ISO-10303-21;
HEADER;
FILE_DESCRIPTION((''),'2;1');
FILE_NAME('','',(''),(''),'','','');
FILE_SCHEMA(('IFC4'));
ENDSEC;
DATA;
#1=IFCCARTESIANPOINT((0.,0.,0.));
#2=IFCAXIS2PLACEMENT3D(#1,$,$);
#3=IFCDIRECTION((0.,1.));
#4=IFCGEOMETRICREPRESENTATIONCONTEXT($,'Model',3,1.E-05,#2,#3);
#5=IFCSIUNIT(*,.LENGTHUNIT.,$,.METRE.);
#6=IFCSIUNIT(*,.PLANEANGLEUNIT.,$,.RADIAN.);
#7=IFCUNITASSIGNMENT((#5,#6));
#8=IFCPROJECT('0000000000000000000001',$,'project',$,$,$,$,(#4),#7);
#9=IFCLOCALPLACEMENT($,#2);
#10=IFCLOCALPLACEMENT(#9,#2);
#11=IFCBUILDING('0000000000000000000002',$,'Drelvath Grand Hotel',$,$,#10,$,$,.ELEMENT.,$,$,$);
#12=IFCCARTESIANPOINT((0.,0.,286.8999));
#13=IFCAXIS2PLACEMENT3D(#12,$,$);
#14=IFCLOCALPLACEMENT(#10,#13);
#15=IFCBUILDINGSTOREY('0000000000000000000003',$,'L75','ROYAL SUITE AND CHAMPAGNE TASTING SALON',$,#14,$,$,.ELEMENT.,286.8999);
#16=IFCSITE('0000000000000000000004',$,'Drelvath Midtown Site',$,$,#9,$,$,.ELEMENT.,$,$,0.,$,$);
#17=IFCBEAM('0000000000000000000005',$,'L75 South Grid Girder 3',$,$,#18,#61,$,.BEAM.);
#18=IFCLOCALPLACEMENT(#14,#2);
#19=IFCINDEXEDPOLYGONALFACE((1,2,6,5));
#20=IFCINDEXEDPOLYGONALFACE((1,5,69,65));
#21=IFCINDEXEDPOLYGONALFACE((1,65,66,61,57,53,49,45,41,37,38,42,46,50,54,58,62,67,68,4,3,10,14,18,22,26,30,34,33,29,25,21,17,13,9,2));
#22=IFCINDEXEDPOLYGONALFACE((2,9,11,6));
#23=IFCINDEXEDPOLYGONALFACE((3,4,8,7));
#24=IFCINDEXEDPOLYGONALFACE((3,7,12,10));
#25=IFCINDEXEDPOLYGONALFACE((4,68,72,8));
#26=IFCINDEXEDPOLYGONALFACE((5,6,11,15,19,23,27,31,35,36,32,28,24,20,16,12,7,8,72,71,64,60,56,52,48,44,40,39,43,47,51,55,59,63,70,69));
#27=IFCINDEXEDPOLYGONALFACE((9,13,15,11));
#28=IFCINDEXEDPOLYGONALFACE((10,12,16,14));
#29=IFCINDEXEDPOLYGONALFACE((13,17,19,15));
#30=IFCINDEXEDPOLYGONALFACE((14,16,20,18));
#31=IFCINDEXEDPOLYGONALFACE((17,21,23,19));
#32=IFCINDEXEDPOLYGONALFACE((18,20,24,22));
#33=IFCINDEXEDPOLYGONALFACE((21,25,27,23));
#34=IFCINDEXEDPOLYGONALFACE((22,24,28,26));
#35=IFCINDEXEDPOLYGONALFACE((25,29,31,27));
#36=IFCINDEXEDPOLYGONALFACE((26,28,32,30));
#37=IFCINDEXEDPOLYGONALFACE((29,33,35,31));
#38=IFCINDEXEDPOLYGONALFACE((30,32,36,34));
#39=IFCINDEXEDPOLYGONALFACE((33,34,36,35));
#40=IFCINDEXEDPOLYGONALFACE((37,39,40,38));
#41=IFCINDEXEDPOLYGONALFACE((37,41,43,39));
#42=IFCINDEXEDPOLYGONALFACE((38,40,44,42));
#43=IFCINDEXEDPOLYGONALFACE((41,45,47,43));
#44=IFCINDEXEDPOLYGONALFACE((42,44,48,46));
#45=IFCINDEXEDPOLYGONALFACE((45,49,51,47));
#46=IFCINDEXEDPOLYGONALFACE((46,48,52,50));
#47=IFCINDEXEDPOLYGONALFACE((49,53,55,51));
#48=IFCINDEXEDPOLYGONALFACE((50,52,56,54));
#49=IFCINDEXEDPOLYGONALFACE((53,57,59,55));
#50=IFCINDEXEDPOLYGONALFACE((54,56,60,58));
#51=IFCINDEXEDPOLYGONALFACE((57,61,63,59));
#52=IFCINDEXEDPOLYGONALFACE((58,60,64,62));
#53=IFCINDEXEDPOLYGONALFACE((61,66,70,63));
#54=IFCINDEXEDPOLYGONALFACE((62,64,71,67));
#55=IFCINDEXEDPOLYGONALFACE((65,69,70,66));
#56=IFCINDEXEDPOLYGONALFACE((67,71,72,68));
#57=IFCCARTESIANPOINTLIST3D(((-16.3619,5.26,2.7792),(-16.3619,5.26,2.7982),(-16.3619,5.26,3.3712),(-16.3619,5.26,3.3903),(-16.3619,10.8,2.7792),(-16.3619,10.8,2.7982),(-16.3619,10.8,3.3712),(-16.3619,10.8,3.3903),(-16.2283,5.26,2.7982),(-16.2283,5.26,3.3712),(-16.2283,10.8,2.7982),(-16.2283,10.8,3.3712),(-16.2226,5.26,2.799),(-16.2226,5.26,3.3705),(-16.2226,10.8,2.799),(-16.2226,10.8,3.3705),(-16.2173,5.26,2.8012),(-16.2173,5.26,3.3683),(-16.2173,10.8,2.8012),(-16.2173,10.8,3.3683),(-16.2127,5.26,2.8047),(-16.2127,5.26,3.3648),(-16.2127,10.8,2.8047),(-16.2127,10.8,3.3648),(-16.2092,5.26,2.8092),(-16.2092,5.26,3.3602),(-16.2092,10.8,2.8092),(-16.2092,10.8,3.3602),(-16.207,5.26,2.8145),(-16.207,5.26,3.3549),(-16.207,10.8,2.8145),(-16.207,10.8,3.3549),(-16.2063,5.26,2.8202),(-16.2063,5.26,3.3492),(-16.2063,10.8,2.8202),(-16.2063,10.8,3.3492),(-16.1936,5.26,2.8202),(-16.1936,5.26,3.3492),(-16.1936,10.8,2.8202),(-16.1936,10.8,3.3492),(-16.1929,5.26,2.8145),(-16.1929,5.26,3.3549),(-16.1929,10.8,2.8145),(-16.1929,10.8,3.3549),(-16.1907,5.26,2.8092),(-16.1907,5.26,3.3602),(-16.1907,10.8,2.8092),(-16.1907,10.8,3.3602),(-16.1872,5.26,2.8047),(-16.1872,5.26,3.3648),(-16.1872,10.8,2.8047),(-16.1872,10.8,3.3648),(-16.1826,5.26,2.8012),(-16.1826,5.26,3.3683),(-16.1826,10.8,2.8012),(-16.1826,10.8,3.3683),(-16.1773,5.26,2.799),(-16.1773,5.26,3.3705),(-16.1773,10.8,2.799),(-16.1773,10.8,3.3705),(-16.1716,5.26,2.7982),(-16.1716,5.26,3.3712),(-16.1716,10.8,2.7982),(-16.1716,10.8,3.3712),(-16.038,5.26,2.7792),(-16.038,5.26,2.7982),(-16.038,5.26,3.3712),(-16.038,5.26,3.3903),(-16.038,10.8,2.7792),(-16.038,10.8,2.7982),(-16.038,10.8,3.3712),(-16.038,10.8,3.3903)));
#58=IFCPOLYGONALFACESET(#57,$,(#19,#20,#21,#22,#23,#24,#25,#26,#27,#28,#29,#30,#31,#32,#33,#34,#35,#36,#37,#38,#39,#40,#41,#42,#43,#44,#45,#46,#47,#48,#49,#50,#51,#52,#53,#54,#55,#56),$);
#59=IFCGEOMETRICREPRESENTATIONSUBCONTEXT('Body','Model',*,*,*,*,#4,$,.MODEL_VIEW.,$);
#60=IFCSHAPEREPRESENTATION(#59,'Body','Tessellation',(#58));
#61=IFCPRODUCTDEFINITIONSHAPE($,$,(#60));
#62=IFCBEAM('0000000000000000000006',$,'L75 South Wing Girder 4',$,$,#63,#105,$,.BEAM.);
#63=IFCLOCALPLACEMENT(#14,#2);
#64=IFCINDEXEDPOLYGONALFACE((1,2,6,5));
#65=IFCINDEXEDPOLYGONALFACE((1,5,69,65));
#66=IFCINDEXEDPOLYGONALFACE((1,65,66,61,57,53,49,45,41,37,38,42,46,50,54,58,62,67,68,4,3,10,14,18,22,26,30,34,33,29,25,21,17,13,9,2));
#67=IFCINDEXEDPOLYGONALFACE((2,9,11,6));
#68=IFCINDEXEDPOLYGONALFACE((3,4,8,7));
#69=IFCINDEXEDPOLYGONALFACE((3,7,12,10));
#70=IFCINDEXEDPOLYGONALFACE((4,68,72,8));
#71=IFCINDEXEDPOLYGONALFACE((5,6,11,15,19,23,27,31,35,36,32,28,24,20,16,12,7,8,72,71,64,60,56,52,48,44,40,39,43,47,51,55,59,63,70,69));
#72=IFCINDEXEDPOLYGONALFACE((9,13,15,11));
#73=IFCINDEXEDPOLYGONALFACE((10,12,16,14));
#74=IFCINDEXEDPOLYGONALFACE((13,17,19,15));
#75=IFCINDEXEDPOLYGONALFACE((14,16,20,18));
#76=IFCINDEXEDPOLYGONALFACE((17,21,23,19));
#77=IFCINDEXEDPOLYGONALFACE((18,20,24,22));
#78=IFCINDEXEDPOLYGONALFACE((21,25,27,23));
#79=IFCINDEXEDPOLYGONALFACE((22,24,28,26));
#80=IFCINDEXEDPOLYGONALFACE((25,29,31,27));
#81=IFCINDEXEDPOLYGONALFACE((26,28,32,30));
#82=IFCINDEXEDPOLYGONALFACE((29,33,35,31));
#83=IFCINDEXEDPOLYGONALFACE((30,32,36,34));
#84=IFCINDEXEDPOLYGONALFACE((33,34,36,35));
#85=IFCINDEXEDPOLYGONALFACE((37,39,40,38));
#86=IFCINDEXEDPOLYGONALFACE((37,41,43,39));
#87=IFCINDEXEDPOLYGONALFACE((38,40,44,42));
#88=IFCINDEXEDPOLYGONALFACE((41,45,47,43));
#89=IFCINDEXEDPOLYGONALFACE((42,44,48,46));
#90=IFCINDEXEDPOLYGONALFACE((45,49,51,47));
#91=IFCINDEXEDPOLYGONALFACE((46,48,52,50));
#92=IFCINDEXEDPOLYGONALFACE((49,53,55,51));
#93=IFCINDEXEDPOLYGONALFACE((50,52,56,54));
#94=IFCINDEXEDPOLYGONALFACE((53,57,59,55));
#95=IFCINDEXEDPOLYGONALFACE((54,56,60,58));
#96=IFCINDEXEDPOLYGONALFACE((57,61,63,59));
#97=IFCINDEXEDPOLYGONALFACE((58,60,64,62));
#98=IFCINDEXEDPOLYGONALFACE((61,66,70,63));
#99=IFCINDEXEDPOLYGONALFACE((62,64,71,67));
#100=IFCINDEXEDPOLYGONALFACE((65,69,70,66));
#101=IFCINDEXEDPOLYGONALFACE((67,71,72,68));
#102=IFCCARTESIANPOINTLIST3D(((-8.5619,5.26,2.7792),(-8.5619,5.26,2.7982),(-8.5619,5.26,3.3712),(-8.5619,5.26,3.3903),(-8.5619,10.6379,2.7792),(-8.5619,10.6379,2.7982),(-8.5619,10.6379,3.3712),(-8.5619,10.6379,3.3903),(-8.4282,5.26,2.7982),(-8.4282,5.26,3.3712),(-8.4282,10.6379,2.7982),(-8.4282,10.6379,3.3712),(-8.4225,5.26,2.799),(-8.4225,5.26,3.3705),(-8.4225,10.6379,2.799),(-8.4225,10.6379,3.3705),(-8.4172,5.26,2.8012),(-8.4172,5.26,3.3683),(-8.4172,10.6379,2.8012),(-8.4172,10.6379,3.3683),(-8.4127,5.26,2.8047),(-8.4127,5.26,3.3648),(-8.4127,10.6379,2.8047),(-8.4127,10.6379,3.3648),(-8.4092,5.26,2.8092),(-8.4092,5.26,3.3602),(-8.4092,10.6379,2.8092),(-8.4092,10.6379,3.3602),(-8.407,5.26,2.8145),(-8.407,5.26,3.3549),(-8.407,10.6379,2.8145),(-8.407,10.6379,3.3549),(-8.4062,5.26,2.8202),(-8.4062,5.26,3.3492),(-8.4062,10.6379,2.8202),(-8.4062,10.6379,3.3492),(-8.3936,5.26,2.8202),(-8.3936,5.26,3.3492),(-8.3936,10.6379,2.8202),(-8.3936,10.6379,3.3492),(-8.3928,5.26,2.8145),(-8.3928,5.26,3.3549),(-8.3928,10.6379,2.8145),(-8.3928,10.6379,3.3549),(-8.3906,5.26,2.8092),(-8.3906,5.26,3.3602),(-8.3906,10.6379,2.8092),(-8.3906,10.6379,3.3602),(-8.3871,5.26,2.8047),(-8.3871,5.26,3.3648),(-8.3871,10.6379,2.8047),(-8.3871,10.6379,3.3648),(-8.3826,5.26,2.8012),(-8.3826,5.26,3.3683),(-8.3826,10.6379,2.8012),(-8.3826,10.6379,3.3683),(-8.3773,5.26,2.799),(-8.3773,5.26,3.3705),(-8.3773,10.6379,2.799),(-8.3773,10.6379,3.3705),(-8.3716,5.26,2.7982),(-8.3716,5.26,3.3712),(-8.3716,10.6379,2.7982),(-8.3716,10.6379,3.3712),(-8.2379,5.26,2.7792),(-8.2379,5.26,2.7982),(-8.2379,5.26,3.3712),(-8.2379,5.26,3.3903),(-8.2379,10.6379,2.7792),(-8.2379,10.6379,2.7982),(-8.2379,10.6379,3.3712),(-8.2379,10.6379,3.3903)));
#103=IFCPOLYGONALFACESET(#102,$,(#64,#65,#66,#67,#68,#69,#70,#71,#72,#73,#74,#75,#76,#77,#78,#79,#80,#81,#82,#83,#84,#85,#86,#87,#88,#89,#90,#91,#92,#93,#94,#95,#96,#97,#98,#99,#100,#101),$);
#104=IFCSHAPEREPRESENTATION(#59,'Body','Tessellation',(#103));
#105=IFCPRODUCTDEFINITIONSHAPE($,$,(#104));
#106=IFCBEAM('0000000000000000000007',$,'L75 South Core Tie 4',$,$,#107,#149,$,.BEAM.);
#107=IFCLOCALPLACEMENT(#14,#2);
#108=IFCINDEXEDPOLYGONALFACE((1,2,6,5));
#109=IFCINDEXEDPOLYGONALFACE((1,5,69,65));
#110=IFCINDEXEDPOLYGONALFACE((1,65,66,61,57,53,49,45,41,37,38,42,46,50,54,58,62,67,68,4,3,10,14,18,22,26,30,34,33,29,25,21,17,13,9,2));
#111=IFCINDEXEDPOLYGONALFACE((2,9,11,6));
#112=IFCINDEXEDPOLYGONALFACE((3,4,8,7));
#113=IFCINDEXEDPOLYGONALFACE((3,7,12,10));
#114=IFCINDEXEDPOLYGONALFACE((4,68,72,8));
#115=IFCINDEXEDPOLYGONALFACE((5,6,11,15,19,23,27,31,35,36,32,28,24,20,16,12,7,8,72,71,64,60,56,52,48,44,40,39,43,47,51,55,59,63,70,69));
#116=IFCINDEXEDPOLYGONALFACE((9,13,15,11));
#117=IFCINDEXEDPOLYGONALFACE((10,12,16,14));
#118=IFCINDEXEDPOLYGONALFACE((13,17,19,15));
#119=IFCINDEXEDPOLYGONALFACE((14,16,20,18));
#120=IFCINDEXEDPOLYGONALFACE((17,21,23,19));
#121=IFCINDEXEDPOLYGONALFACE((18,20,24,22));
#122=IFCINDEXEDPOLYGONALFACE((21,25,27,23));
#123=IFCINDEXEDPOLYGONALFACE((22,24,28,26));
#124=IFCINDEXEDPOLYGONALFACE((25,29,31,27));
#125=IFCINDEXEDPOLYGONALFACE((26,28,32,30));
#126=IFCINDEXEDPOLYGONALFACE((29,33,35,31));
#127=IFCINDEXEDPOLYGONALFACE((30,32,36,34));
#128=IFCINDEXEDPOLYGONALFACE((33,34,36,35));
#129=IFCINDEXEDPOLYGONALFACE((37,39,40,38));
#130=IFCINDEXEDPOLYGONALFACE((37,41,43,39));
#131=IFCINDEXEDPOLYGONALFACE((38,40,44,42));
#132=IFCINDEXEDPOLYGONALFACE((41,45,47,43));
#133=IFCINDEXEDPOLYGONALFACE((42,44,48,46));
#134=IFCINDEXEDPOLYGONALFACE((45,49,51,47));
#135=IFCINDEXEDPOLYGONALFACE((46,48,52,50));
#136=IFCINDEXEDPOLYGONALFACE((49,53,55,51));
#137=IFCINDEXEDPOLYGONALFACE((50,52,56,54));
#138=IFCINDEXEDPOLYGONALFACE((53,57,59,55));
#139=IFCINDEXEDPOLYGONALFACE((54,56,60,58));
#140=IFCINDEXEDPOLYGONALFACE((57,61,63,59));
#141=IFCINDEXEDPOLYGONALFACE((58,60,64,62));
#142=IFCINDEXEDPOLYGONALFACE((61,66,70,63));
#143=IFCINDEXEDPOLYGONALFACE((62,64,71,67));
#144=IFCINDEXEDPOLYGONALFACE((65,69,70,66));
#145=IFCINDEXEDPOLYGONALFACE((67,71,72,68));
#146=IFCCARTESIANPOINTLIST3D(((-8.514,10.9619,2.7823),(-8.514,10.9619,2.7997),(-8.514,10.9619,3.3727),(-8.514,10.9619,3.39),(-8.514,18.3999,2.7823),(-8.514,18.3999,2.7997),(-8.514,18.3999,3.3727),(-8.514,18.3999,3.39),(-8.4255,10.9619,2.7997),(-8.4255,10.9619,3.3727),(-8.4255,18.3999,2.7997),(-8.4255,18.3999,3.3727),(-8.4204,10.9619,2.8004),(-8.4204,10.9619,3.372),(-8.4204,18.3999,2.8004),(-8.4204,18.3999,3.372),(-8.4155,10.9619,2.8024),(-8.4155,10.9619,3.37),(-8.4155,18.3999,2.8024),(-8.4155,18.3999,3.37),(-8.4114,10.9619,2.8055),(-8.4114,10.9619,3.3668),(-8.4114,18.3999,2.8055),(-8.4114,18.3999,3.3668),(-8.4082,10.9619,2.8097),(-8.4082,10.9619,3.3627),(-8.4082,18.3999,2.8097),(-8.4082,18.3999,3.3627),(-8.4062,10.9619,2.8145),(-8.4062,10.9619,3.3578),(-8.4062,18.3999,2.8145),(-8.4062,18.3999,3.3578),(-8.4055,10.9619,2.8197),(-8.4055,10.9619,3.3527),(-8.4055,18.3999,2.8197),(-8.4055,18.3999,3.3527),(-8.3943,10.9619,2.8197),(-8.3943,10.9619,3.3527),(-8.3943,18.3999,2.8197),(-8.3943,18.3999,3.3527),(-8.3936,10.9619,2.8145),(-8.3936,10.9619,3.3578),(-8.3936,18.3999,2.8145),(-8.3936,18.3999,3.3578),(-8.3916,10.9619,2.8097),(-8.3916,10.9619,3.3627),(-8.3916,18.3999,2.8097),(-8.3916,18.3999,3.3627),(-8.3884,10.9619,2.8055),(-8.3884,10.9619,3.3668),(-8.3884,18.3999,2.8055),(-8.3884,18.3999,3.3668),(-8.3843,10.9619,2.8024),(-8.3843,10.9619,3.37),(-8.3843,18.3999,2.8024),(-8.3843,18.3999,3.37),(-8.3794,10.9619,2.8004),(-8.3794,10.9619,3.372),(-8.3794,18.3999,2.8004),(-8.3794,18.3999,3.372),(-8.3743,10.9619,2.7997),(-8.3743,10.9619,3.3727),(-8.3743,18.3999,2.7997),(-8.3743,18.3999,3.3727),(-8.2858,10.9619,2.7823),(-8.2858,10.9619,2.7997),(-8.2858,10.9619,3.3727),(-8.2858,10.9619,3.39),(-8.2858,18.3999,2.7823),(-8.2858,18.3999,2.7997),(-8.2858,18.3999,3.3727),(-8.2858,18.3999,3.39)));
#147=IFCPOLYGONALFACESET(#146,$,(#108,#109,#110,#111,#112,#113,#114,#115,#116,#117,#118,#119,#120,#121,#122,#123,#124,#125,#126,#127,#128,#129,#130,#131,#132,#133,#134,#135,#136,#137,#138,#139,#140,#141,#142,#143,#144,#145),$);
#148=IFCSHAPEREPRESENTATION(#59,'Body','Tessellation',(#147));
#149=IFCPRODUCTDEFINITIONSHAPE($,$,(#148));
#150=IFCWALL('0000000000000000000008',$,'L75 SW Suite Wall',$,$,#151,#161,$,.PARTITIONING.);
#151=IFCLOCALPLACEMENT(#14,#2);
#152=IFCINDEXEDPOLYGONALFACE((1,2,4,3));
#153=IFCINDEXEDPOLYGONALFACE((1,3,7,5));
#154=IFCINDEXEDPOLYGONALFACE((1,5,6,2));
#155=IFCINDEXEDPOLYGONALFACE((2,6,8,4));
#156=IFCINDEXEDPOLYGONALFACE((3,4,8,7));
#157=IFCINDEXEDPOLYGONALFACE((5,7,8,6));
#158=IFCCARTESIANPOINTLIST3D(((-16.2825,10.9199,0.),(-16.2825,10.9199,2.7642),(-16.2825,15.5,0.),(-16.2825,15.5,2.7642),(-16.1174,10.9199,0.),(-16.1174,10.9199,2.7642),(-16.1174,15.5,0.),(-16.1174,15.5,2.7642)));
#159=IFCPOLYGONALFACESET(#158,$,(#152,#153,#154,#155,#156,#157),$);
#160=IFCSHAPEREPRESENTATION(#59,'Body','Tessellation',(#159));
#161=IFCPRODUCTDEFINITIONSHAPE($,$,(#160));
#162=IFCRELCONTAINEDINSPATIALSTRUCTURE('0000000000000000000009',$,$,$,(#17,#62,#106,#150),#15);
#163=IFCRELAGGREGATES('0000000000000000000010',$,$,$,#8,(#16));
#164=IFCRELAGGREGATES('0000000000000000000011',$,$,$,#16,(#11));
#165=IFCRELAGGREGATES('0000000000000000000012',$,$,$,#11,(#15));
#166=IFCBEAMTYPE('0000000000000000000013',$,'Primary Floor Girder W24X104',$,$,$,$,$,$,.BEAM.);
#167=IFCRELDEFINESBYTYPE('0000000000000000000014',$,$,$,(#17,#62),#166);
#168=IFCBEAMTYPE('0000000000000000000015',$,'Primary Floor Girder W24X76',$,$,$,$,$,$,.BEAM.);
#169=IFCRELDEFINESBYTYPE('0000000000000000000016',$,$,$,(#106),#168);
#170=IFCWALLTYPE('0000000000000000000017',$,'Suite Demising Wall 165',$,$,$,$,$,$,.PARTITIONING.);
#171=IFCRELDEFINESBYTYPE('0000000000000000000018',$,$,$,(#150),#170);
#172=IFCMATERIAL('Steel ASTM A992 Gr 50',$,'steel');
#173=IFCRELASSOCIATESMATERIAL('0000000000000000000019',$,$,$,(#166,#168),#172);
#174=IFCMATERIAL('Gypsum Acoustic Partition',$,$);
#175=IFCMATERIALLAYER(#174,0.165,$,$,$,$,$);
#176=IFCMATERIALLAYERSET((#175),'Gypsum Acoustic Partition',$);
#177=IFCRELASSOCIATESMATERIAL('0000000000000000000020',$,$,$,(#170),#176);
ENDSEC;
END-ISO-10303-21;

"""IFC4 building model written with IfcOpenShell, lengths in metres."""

from ifc_helpers import new_model, si_unit, direction, frame, frame_2d, origin, origin_2d, place, context, subcontext, project, spatial, rectangle, i_section, extrude, material, layer, layer_set, material_profile, profile_set, type_object, element, save


model = new_model("IFC4")

# Units and contexts
model_context = context("Model", 3, precision=1e-05, world=origin(), true_north=direction((0.0, 1.0)))
body_context = subcontext(model_context, "Body", "Model", "MODEL_VIEW")
ifc_project = project(units=[si_unit("LENGTHUNIT", "METRE"), si_unit("PLANEANGLEUNIT", "RADIAN")], contexts=[model_context])

# Site, building, storey
site_placement = place(None, origin())
site = spatial("IfcSite", under=ifc_project, at=site_placement, Name="Drelvath Midtown Site", CompositionType="ELEMENT", RefElevation=0.0)
building_placement = place(site_placement, origin())
building = spatial("IfcBuilding", under=site, at=building_placement, Name="Drelvath Grand Hotel", CompositionType="ELEMENT")
storey_placement = place(building_placement, frame((0.0, 0.0, 286.8999)))
storey = spatial("IfcBuildingStorey", under=building, at=storey_placement, Name="L75", Description="ROYAL SUITE AND CHAMPAGNE TASTING SALON", CompositionType="ELEMENT", Elevation=286.8999)

# Shared definitions
ifc_material_1 = material(Name="Steel ASTM A992 Gr 50", Category="steel")

# Beams
ifc_material_profile_1 = material_profile(ifc_material_1, i_section(OverallWidth=0.324, OverallDepth=0.6111, WebThickness=0.0127, FlangeThickness=0.019, FilletRadius=0.022, at=origin_2d()), Name="W24X104")
ifc_profile_set_1 = profile_set([ifc_material_profile_1], Name="Steel ASTM A992 Gr 50")
beam_type_1 = type_object("IfcBeamType", Name="Primary Floor Girder W24X104", PredefinedType="BEAM", material=ifc_profile_set_1)
for number, where, z_axis, x_axis, name in (
    (1, (-16.2, 5.26, 3.0847), (0.0, 1.0, 0.0), (-1.0, 0.0, 0.0), "L75 South Grid Girder 3"),
):
    element("IfcBeam", number, at=place(storey_placement, frame(where, z_axis=z_axis, x_axis=x_axis)), inside=storey, type_object=beam_type_1, Name=name, PredefinedType="BEAM", context=body_context, shape_type="SweptSolid", body=[
        extrude(i_section(OverallWidth=0.324, OverallDepth=0.6111, WebThickness=0.0127, FlangeThickness=0.019, FilletRadius=0.022, at=origin_2d()), origin(), (0.0, 0.0, 1.0), 5.54),
    ])
beam_1_placement = place(storey_placement, frame((-8.3999, 5.26, 3.0847), z_axis=(0.0, 1.0, 0.0), x_axis=(-1.0, 0.0, 0.0)))
element("IfcBeam", 2, at=beam_1_placement, inside=storey, type_object=beam_type_1, Name="L75 South Wing Girder 4", PredefinedType="BEAM", context=body_context, shape_type="SweptSolid", body=[
    extrude(i_section(OverallWidth=0.324, OverallDepth=0.6111, WebThickness=0.0127, FlangeThickness=0.019, FilletRadius=0.022, at=origin_2d()), origin(), (0.0, 0.0, 1.0), 5.3779),
])
ifc_material_profile_2 = material_profile(ifc_material_1, i_section(OverallWidth=0.2283, OverallDepth=0.6077, WebThickness=0.0112, FlangeThickness=0.0173, FilletRadius=0.02, at=origin_2d()), Name="W24X76")
ifc_profile_set_2 = profile_set([ifc_material_profile_2], Name="Steel ASTM A992 Gr 50")
beam_type_2 = type_object("IfcBeamType", Name="Primary Floor Girder W24X76", PredefinedType="BEAM", material=ifc_profile_set_2)
beam_2_placement = place(storey_placement, frame((-8.3999, 10.9619, 3.0862), z_axis=(0.0, 1.0, 0.0), x_axis=(-1.0, 0.0, 0.0)))
element("IfcBeam", 3, at=beam_2_placement, inside=storey, type_object=beam_type_2, Name="L75 South Core Tie 4", PredefinedType="BEAM", context=body_context, shape_type="SweptSolid", body=[
    extrude(i_section(OverallWidth=0.2283, OverallDepth=0.6077, WebThickness=0.0112, FlangeThickness=0.0173, FilletRadius=0.02, at=origin_2d()), origin(), (0.0, 0.0, 1.0), 7.438),
])

# Wall
ifc_material_2 = material(Name="Gypsum Acoustic Partition")
ifc_layer_1 = layer(ifc_material_2, 0.165)
ifc_layer_set_1 = layer_set([ifc_layer_1], Name="Gypsum Acoustic Partition")
wall_type_1 = type_object("IfcWallType", Name="Suite Demising Wall 165", PredefinedType="PARTITIONING", material=ifc_layer_set_1)
wall_1_placement = place(storey_placement, frame((-16.2, 10.9199, 0.0), z_axis=(0.0, 0.0, 1.0), x_axis=(0.0, 1.0, 0.0)))
element("IfcWall", 4, at=wall_1_placement, inside=storey, type_object=wall_type_1, Name="L75 SW Suite Wall", PredefinedType="PARTITIONING", context=body_context, shape_type="SweptSolid", body=[
    extrude(rectangle(XDim=4.5801, YDim=0.165, at=frame_2d((2.29, 0.0))), origin(), (0.0, 0.0, 1.0), 2.7642),
])

save(model, "model.ifc")
